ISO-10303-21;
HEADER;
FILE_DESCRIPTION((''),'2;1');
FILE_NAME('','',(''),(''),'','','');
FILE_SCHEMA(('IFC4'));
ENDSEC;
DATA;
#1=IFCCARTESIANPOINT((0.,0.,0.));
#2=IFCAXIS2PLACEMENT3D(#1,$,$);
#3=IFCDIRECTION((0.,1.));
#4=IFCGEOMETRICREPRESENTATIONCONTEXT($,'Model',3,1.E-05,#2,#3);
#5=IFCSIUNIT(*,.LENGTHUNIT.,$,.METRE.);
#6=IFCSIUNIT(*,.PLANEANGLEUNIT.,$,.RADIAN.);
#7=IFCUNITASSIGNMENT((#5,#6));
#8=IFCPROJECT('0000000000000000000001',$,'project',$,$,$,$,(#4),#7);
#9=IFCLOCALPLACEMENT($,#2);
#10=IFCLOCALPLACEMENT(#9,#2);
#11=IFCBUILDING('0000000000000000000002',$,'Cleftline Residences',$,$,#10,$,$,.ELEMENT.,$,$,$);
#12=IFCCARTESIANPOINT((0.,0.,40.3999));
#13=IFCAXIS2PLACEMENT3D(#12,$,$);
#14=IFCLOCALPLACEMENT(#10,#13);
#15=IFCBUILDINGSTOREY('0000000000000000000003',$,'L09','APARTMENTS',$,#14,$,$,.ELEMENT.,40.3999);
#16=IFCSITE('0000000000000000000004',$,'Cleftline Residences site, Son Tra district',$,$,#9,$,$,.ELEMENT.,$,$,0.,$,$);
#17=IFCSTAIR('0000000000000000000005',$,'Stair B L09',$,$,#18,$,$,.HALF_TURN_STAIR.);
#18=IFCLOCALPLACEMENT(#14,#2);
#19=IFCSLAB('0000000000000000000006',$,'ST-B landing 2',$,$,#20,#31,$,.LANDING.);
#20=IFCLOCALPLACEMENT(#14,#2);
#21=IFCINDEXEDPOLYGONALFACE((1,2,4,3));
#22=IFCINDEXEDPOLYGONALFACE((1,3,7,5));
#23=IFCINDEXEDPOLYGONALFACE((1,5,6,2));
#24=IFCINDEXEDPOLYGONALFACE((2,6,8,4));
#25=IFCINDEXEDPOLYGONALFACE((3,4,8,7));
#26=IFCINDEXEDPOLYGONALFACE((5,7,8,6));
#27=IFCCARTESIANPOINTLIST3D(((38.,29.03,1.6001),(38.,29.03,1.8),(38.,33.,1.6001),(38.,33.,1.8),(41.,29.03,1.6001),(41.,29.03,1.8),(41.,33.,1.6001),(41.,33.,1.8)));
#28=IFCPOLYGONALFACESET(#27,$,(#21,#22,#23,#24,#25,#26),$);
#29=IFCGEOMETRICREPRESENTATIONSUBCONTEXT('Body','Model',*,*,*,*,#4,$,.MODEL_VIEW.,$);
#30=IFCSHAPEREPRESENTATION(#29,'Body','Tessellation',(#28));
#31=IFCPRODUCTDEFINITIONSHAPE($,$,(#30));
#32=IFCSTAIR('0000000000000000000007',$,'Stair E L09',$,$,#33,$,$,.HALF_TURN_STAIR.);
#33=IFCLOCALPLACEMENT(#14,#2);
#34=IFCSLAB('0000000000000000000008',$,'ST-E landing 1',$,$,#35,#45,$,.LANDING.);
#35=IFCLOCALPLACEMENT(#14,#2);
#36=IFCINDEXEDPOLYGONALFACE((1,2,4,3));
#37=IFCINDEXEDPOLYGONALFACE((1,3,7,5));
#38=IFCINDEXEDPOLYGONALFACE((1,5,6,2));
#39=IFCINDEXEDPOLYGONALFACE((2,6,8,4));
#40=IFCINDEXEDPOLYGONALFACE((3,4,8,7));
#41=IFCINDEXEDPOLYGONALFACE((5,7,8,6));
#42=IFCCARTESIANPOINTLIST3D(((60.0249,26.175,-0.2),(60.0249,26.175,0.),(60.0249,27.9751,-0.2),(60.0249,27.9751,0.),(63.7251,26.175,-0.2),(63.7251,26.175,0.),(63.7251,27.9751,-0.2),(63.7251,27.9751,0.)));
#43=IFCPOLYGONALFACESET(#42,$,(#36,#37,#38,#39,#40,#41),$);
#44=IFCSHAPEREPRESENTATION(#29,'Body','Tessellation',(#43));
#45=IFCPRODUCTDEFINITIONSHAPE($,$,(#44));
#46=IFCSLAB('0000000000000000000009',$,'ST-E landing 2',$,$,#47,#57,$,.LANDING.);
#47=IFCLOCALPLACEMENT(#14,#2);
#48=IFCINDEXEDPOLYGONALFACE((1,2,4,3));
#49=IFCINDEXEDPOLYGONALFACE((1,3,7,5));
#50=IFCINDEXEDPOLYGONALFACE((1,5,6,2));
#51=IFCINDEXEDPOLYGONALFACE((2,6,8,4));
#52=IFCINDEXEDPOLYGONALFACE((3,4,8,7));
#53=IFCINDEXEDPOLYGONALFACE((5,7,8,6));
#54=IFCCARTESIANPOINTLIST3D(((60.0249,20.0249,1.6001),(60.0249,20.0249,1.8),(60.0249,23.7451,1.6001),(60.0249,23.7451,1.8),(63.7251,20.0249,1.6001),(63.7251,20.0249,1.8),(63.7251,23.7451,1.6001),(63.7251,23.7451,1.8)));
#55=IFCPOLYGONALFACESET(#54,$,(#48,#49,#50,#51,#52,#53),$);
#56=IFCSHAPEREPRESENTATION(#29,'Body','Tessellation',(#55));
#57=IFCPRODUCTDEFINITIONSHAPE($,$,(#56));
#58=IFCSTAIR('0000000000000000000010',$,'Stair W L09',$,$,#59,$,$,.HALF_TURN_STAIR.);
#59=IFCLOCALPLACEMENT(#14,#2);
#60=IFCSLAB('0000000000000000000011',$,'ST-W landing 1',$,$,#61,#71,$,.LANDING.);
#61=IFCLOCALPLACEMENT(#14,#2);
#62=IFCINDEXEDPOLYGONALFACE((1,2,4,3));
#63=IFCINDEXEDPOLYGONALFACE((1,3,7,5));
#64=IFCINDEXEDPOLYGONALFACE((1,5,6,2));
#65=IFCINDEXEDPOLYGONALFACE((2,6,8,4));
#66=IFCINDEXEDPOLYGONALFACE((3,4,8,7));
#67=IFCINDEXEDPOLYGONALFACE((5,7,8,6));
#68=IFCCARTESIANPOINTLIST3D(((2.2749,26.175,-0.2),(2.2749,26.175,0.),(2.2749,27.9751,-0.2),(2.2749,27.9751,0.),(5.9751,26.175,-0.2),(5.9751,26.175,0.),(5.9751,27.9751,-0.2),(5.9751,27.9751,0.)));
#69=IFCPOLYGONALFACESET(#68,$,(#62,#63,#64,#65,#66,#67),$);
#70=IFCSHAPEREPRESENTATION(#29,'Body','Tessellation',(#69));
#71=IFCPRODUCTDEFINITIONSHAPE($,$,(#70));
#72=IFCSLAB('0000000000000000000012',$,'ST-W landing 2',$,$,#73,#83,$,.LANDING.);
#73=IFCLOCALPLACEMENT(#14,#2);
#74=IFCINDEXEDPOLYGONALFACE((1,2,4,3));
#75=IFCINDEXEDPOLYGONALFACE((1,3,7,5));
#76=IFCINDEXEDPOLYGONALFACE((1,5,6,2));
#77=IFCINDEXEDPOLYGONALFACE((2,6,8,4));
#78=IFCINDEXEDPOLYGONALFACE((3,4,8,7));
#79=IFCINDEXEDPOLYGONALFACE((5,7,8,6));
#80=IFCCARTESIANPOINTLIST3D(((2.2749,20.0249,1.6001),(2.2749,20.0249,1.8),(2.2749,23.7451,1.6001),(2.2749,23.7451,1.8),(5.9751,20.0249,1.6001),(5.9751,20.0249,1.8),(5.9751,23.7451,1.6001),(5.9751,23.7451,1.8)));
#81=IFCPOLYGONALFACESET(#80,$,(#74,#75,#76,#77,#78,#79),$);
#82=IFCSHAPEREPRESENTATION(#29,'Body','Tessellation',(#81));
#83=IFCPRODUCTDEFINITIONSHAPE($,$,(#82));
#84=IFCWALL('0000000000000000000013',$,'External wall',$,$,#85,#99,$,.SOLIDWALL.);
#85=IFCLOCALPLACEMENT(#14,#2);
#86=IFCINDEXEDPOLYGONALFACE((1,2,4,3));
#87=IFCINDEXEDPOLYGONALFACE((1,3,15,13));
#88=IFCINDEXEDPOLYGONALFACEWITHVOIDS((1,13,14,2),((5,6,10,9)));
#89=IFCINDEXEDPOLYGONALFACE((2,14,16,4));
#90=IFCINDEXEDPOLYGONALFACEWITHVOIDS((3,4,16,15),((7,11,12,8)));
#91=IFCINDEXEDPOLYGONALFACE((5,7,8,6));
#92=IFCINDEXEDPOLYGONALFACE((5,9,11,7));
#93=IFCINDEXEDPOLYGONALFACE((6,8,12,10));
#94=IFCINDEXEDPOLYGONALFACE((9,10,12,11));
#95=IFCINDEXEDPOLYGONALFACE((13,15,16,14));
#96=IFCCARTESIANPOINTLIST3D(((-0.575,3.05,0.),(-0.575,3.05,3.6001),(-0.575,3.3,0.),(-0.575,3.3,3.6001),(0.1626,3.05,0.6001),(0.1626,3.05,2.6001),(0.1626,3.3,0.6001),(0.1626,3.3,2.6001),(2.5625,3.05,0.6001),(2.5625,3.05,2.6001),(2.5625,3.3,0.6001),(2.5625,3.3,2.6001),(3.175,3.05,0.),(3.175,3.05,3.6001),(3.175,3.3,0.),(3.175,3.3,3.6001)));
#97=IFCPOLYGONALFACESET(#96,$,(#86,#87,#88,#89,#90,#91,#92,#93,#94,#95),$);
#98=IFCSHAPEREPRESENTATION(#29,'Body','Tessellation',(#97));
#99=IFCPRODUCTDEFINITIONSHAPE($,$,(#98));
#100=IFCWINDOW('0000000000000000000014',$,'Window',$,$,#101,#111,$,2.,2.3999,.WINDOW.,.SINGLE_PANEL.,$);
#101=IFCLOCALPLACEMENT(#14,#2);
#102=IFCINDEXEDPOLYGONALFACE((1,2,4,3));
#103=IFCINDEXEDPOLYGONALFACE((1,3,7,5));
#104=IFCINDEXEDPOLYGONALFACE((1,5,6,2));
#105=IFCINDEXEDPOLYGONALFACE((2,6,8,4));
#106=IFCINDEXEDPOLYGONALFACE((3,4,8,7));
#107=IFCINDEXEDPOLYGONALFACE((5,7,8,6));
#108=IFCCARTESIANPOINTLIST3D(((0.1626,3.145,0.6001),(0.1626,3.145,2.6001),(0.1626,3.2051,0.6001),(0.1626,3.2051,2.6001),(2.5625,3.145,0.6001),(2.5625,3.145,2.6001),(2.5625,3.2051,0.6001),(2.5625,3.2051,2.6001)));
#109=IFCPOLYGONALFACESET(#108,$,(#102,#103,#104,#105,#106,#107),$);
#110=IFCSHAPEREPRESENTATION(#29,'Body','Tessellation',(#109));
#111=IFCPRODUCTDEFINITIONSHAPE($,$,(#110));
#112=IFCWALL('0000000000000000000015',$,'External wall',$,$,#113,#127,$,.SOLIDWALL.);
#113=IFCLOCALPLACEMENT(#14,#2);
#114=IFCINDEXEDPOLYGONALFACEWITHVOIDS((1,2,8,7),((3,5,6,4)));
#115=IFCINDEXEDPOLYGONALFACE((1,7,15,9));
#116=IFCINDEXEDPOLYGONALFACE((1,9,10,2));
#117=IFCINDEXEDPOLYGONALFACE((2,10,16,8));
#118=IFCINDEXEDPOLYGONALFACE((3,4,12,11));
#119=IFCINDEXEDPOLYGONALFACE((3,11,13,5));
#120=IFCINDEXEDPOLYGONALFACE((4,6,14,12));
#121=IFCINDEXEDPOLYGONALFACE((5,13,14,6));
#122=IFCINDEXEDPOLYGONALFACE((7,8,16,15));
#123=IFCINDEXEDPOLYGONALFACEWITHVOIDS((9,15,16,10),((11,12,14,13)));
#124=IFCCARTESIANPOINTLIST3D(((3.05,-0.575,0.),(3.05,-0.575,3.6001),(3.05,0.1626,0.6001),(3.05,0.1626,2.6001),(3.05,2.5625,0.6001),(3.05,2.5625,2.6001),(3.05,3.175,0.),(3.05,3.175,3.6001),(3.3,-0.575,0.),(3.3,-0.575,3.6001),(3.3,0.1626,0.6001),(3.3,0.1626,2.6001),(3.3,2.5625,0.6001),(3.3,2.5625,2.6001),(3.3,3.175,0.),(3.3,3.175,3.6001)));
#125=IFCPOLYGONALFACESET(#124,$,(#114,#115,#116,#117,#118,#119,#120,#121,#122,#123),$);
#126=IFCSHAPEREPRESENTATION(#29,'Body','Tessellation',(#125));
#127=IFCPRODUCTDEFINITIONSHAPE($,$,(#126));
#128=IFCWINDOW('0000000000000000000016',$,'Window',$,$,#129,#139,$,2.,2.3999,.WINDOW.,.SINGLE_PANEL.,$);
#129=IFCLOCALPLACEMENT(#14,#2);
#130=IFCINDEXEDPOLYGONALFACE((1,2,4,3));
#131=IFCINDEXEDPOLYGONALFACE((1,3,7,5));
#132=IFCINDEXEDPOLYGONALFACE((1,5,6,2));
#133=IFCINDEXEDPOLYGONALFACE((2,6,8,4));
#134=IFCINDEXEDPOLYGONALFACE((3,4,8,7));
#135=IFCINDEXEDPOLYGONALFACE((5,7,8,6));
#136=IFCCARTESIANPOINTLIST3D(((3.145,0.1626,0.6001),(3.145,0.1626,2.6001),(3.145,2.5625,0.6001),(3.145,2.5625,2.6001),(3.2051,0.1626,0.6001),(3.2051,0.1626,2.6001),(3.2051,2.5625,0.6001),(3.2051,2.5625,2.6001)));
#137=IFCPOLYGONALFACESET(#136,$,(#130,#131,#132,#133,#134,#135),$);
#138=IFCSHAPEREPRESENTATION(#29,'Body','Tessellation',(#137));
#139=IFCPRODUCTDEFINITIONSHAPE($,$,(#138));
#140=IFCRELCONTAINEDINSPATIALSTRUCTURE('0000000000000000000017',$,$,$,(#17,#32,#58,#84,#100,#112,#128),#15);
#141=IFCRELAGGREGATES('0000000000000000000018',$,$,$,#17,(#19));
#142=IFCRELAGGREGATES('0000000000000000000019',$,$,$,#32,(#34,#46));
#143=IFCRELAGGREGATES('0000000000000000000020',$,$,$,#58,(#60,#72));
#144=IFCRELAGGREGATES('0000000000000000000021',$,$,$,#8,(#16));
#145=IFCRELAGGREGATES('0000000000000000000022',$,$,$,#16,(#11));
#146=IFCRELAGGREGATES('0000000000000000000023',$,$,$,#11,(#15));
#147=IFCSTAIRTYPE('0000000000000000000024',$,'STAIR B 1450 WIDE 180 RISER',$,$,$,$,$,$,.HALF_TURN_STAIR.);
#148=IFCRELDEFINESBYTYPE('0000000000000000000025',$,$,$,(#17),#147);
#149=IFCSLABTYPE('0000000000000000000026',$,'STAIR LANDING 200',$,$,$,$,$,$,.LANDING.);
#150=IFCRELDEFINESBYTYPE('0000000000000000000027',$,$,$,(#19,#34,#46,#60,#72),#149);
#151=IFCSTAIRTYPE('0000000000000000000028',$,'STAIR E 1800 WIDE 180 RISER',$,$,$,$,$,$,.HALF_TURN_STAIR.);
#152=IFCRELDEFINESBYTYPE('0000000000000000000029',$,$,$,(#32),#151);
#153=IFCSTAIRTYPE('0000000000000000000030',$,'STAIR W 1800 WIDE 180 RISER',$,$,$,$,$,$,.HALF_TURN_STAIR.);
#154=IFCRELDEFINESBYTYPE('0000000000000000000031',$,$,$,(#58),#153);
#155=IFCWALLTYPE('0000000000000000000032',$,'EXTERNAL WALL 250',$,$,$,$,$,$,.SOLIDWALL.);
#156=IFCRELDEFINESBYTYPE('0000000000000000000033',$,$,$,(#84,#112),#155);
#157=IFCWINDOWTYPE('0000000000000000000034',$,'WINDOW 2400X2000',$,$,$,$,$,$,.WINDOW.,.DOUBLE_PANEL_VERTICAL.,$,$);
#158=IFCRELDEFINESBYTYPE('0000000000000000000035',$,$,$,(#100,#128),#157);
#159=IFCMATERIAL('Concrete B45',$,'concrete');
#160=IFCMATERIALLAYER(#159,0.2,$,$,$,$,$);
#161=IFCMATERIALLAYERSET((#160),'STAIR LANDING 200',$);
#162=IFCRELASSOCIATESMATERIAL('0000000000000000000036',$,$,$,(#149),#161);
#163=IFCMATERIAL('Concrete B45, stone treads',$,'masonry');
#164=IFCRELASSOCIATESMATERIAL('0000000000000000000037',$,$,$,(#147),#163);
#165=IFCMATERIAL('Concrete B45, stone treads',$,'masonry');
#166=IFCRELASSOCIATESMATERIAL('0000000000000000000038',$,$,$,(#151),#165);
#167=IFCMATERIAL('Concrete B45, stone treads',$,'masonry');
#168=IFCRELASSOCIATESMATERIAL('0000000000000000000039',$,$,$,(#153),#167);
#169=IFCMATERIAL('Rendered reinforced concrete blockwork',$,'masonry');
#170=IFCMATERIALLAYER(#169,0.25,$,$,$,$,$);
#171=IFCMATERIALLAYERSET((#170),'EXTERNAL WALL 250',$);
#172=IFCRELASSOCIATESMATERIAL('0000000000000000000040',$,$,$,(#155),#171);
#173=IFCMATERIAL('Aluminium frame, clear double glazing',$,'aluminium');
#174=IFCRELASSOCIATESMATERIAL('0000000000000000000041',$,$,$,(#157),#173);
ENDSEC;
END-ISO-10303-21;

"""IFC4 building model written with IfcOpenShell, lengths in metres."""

from ifc_helpers import new_model, si_unit, direction, frame, frame_2d, origin, place, context, subcontext, project, spatial, polyline, rectangle, outline, extrude, material, layer, layer_set, type_object, element, fill, aggregate, save


model = new_model("IFC4")

# Units and contexts
model_context = context("Model", 3, precision=1e-05, world=origin(), true_north=direction((0.0, 1.0)))
body_context = subcontext(model_context, "Body", "Model", "MODEL_VIEW")
ifc_project = project(units=[si_unit("LENGTHUNIT", "METRE"), si_unit("PLANEANGLEUNIT", "RADIAN")], contexts=[model_context])

# Site, building, storey
site_placement = place(None, origin())
site = spatial("IfcSite", under=ifc_project, at=site_placement, Name="Cleftline Residences site, Son Tra district", CompositionType="ELEMENT", RefElevation=0.0)
building_placement = place(site_placement, origin())
building = spatial("IfcBuilding", under=site, at=building_placement, Name="Cleftline Residences", CompositionType="ELEMENT")
storey_placement = place(building_placement, frame((0.0, 0.0, 40.3999)))
storey = spatial("IfcBuildingStorey", under=building, at=storey_placement, Name="L09", Description="APARTMENTS", CompositionType="ELEMENT", Elevation=40.3999)

# Stairs, slabs
ifc_material_1 = material(Name="Concrete B45", Category="concrete")
ifc_layer_1 = layer(ifc_material_1, 0.2)
ifc_layer_set_1 = layer_set([ifc_layer_1], Name="STAIR LANDING 200")
slab_type_1 = type_object("IfcSlabType", Name="STAIR LANDING 200", PredefinedType="LANDING", material=ifc_layer_set_1)
ifc_material_2 = material(Name="Concrete B45, stone treads", Category="masonry")
stair_type_1 = type_object("IfcStairType", Name="STAIR B 1450 WIDE 180 RISER", PredefinedType="HALF_TURN_STAIR", material=ifc_material_2)
stair_1_placement = place(storey_placement, origin())
stair_1 = element("IfcStair", 1, at=stair_1_placement, inside=storey, type_object=stair_type_1, Name="Stair B L09", PredefinedType="HALF_TURN_STAIR")
slab_1_placement = place(storey_placement, frame((0.0, 0.0, 1.6001)))
slab_1 = element("IfcSlab", 2, at=slab_1_placement, type_object=slab_type_1, Name="ST-B landing 2", PredefinedType="LANDING", context=body_context, shape_type="SweptSolid", body=[
    extrude(outline(polyline([(38.0, 29.03), (41.0, 29.03), (41.0, 33.0), (38.0, 33.0), (38.0, 29.03)])), origin(), (0.0, 0.0, 1.0), 0.2),
])
aggregate(stair_1, [slab_1])
ifc_material_3 = material(Name="Concrete B45, stone treads", Category="masonry")
stair_type_2 = type_object("IfcStairType", Name="STAIR E 1800 WIDE 180 RISER", PredefinedType="HALF_TURN_STAIR", material=ifc_material_3)
stair_2_placement = place(storey_placement, origin())
stair_2 = element("IfcStair", 3, at=stair_2_placement, inside=storey, type_object=stair_type_2, Name="Stair E L09", PredefinedType="HALF_TURN_STAIR")
slab_2_placement = place(storey_placement, frame((0.0, 0.0, -0.2)))
slab_2 = element("IfcSlab", 4, at=slab_2_placement, type_object=slab_type_1, Name="ST-E landing 1", PredefinedType="LANDING", context=body_context, shape_type="SweptSolid", body=[
    extrude(outline(polyline([(60.0249, 26.175), (63.7251, 26.175), (63.7251, 27.9751), (60.0249, 27.9751), (60.0249, 26.175)])), origin(), (0.0, 0.0, 1.0), 0.2),
])
slab_3_placement = place(storey_placement, frame((0.0, 0.0, 1.6001)))
slab_3 = element("IfcSlab", 5, at=slab_3_placement, type_object=slab_type_1, Name="ST-E landing 2", PredefinedType="LANDING", context=body_context, shape_type="SweptSolid", body=[
    extrude(outline(polyline([(60.0249, 20.0249), (63.7251, 20.0249), (63.7251, 23.7451), (60.0249, 23.7451), (60.0249, 20.0249)])), origin(), (0.0, 0.0, 1.0), 0.2),
])
aggregate(stair_2, [slab_2, slab_3])
ifc_material_4 = material(Name="Concrete B45, stone treads", Category="masonry")
stair_type_3 = type_object("IfcStairType", Name="STAIR W 1800 WIDE 180 RISER", PredefinedType="HALF_TURN_STAIR", material=ifc_material_4)
stair_3_placement = place(storey_placement, origin())
stair_3 = element("IfcStair", 6, at=stair_3_placement, inside=storey, type_object=stair_type_3, Name="Stair W L09", PredefinedType="HALF_TURN_STAIR")
slab_4_placement = place(storey_placement, frame((0.0, 0.0, -0.2)))
slab_4 = element("IfcSlab", 7, at=slab_4_placement, type_object=slab_type_1, Name="ST-W landing 1", PredefinedType="LANDING", context=body_context, shape_type="SweptSolid", body=[
    extrude(outline(polyline([(2.2749, 26.175), (5.9751, 26.175), (5.9751, 27.9751), (2.2749, 27.9751), (2.2749, 26.175)])), origin(), (0.0, 0.0, 1.0), 0.2),
])
slab_5_placement = place(storey_placement, frame((0.0, 0.0, 1.6001)))
slab_5 = element("IfcSlab", 8, at=slab_5_placement, type_object=slab_type_1, Name="ST-W landing 2", PredefinedType="LANDING", context=body_context, shape_type="SweptSolid", body=[
    extrude(outline(polyline([(2.2749, 20.0249), (5.9751, 20.0249), (5.9751, 23.7451), (2.2749, 23.7451), (2.2749, 20.0249)])), origin(), (0.0, 0.0, 1.0), 0.2),
])
aggregate(stair_3, [slab_4, slab_5])

# Walls, openings, windows
ifc_material_5 = material(Name="Rendered reinforced concrete blockwork", Category="masonry")
ifc_layer_2 = layer(ifc_material_5, 0.25)
ifc_layer_set_2 = layer_set([ifc_layer_2], Name="EXTERNAL WALL 250")
wall_type_1 = type_object("IfcWallType", Name="EXTERNAL WALL 250", PredefinedType="SOLIDWALL", material=ifc_layer_set_2)
wall_1_placement = place(storey_placement, frame((-0.575, 3.175, 0.0), z_axis=(0.0, 0.0, 1.0), x_axis=(1.0, 0.0, 0.0)))
wall_1 = element("IfcWall", 9, at=wall_1_placement, inside=storey, type_object=wall_type_1, Name="External wall", PredefinedType="SOLIDWALL", context=body_context, shape_type="SweptSolid", body=[
    extrude(rectangle(XDim=3.75, YDim=0.25, at=frame_2d((1.875, 0.0))), origin(), (0.0, 0.0, 1.0), 3.6001),
])
opening_1_placement = place(wall_1_placement, frame((0.7375, 0.0, 0.6001)))
opening_1 = element("IfcOpeningElement", 10, at=opening_1_placement, cuts=wall_1, PredefinedType="OPENING", context=body_context, shape_type="SweptSolid", body=[
    extrude(rectangle(XDim=2.3999, YDim=2.0, at=frame_2d((1.2, 1.0))), frame((0.0, 0.135, 0.0), z_axis=(0.0, -1.0, 0.0), x_axis=(1.0, 0.0, 0.0)), (0.0, 0.0, 1.0), 0.27),
])
ifc_material_6 = material(Name="Aluminium frame, clear double glazing", Category="aluminium")
window_type_1 = type_object("IfcWindowType", Name="WINDOW 2400X2000", PartitioningType="DOUBLE_PANEL_VERTICAL", PredefinedType="WINDOW", material=ifc_material_6)
window_1_placement = place(opening_1_placement, origin())
window_1 = element("IfcWindow", 11, at=window_1_placement, inside=storey, type_object=window_type_1, Name="Window", OverallHeight=2.0, OverallWidth=2.3999, PartitioningType="SINGLE_PANEL", PredefinedType="WINDOW", context=body_context, shape_type="SweptSolid", body=[
    extrude(rectangle(XDim=2.3999, YDim=2.0, at=frame_2d((1.2, 1.0))), frame((0.0, 0.03, 0.0), z_axis=(0.0, -1.0, 0.0), x_axis=(1.0, 0.0, 0.0)), (0.0, 0.0, 1.0), 0.0601),
])
fill(opening_1, window_1)
wall_2_placement = place(storey_placement, frame((3.175, 3.175, 0.0), z_axis=(0.0, 0.0, 1.0), x_axis=(0.0, -1.0, 0.0)))
wall_2 = element("IfcWall", 12, at=wall_2_placement, inside=storey, type_object=wall_type_1, Name="External wall", PredefinedType="SOLIDWALL", context=body_context, shape_type="SweptSolid", body=[
    extrude(rectangle(XDim=3.75, YDim=0.25, at=frame_2d((1.875, 0.0))), origin(), (0.0, 0.0, 1.0), 3.6001),
])
opening_2_placement = place(wall_2_placement, frame((0.6125, 0.0, 0.6001)))
opening_2 = element("IfcOpeningElement", 13, at=opening_2_placement, cuts=wall_2, PredefinedType="OPENING", context=body_context, shape_type="SweptSolid", body=[
    extrude(rectangle(XDim=2.3999, YDim=2.0, at=frame_2d((1.2, 1.0))), frame((0.0, 0.135, 0.0), z_axis=(0.0, -1.0, 0.0), x_axis=(1.0, 0.0, 0.0)), (0.0, 0.0, 1.0), 0.27),
])
window_2_placement = place(opening_2_placement, origin())
window_2 = element("IfcWindow", 14, at=window_2_placement, inside=storey, type_object=window_type_1, Name="Window", OverallHeight=2.0, OverallWidth=2.3999, PartitioningType="SINGLE_PANEL", PredefinedType="WINDOW", context=body_context, shape_type="SweptSolid", body=[
    extrude(rectangle(XDim=2.3999, YDim=2.0, at=frame_2d((1.2, 1.0))), frame((0.0, 0.03, 0.0), z_axis=(0.0, -1.0, 0.0), x_axis=(1.0, 0.0, 0.0)), (0.0, 0.0, 1.0), 0.0601),
])
fill(opening_2, window_2)

save(model, "model.ifc")
